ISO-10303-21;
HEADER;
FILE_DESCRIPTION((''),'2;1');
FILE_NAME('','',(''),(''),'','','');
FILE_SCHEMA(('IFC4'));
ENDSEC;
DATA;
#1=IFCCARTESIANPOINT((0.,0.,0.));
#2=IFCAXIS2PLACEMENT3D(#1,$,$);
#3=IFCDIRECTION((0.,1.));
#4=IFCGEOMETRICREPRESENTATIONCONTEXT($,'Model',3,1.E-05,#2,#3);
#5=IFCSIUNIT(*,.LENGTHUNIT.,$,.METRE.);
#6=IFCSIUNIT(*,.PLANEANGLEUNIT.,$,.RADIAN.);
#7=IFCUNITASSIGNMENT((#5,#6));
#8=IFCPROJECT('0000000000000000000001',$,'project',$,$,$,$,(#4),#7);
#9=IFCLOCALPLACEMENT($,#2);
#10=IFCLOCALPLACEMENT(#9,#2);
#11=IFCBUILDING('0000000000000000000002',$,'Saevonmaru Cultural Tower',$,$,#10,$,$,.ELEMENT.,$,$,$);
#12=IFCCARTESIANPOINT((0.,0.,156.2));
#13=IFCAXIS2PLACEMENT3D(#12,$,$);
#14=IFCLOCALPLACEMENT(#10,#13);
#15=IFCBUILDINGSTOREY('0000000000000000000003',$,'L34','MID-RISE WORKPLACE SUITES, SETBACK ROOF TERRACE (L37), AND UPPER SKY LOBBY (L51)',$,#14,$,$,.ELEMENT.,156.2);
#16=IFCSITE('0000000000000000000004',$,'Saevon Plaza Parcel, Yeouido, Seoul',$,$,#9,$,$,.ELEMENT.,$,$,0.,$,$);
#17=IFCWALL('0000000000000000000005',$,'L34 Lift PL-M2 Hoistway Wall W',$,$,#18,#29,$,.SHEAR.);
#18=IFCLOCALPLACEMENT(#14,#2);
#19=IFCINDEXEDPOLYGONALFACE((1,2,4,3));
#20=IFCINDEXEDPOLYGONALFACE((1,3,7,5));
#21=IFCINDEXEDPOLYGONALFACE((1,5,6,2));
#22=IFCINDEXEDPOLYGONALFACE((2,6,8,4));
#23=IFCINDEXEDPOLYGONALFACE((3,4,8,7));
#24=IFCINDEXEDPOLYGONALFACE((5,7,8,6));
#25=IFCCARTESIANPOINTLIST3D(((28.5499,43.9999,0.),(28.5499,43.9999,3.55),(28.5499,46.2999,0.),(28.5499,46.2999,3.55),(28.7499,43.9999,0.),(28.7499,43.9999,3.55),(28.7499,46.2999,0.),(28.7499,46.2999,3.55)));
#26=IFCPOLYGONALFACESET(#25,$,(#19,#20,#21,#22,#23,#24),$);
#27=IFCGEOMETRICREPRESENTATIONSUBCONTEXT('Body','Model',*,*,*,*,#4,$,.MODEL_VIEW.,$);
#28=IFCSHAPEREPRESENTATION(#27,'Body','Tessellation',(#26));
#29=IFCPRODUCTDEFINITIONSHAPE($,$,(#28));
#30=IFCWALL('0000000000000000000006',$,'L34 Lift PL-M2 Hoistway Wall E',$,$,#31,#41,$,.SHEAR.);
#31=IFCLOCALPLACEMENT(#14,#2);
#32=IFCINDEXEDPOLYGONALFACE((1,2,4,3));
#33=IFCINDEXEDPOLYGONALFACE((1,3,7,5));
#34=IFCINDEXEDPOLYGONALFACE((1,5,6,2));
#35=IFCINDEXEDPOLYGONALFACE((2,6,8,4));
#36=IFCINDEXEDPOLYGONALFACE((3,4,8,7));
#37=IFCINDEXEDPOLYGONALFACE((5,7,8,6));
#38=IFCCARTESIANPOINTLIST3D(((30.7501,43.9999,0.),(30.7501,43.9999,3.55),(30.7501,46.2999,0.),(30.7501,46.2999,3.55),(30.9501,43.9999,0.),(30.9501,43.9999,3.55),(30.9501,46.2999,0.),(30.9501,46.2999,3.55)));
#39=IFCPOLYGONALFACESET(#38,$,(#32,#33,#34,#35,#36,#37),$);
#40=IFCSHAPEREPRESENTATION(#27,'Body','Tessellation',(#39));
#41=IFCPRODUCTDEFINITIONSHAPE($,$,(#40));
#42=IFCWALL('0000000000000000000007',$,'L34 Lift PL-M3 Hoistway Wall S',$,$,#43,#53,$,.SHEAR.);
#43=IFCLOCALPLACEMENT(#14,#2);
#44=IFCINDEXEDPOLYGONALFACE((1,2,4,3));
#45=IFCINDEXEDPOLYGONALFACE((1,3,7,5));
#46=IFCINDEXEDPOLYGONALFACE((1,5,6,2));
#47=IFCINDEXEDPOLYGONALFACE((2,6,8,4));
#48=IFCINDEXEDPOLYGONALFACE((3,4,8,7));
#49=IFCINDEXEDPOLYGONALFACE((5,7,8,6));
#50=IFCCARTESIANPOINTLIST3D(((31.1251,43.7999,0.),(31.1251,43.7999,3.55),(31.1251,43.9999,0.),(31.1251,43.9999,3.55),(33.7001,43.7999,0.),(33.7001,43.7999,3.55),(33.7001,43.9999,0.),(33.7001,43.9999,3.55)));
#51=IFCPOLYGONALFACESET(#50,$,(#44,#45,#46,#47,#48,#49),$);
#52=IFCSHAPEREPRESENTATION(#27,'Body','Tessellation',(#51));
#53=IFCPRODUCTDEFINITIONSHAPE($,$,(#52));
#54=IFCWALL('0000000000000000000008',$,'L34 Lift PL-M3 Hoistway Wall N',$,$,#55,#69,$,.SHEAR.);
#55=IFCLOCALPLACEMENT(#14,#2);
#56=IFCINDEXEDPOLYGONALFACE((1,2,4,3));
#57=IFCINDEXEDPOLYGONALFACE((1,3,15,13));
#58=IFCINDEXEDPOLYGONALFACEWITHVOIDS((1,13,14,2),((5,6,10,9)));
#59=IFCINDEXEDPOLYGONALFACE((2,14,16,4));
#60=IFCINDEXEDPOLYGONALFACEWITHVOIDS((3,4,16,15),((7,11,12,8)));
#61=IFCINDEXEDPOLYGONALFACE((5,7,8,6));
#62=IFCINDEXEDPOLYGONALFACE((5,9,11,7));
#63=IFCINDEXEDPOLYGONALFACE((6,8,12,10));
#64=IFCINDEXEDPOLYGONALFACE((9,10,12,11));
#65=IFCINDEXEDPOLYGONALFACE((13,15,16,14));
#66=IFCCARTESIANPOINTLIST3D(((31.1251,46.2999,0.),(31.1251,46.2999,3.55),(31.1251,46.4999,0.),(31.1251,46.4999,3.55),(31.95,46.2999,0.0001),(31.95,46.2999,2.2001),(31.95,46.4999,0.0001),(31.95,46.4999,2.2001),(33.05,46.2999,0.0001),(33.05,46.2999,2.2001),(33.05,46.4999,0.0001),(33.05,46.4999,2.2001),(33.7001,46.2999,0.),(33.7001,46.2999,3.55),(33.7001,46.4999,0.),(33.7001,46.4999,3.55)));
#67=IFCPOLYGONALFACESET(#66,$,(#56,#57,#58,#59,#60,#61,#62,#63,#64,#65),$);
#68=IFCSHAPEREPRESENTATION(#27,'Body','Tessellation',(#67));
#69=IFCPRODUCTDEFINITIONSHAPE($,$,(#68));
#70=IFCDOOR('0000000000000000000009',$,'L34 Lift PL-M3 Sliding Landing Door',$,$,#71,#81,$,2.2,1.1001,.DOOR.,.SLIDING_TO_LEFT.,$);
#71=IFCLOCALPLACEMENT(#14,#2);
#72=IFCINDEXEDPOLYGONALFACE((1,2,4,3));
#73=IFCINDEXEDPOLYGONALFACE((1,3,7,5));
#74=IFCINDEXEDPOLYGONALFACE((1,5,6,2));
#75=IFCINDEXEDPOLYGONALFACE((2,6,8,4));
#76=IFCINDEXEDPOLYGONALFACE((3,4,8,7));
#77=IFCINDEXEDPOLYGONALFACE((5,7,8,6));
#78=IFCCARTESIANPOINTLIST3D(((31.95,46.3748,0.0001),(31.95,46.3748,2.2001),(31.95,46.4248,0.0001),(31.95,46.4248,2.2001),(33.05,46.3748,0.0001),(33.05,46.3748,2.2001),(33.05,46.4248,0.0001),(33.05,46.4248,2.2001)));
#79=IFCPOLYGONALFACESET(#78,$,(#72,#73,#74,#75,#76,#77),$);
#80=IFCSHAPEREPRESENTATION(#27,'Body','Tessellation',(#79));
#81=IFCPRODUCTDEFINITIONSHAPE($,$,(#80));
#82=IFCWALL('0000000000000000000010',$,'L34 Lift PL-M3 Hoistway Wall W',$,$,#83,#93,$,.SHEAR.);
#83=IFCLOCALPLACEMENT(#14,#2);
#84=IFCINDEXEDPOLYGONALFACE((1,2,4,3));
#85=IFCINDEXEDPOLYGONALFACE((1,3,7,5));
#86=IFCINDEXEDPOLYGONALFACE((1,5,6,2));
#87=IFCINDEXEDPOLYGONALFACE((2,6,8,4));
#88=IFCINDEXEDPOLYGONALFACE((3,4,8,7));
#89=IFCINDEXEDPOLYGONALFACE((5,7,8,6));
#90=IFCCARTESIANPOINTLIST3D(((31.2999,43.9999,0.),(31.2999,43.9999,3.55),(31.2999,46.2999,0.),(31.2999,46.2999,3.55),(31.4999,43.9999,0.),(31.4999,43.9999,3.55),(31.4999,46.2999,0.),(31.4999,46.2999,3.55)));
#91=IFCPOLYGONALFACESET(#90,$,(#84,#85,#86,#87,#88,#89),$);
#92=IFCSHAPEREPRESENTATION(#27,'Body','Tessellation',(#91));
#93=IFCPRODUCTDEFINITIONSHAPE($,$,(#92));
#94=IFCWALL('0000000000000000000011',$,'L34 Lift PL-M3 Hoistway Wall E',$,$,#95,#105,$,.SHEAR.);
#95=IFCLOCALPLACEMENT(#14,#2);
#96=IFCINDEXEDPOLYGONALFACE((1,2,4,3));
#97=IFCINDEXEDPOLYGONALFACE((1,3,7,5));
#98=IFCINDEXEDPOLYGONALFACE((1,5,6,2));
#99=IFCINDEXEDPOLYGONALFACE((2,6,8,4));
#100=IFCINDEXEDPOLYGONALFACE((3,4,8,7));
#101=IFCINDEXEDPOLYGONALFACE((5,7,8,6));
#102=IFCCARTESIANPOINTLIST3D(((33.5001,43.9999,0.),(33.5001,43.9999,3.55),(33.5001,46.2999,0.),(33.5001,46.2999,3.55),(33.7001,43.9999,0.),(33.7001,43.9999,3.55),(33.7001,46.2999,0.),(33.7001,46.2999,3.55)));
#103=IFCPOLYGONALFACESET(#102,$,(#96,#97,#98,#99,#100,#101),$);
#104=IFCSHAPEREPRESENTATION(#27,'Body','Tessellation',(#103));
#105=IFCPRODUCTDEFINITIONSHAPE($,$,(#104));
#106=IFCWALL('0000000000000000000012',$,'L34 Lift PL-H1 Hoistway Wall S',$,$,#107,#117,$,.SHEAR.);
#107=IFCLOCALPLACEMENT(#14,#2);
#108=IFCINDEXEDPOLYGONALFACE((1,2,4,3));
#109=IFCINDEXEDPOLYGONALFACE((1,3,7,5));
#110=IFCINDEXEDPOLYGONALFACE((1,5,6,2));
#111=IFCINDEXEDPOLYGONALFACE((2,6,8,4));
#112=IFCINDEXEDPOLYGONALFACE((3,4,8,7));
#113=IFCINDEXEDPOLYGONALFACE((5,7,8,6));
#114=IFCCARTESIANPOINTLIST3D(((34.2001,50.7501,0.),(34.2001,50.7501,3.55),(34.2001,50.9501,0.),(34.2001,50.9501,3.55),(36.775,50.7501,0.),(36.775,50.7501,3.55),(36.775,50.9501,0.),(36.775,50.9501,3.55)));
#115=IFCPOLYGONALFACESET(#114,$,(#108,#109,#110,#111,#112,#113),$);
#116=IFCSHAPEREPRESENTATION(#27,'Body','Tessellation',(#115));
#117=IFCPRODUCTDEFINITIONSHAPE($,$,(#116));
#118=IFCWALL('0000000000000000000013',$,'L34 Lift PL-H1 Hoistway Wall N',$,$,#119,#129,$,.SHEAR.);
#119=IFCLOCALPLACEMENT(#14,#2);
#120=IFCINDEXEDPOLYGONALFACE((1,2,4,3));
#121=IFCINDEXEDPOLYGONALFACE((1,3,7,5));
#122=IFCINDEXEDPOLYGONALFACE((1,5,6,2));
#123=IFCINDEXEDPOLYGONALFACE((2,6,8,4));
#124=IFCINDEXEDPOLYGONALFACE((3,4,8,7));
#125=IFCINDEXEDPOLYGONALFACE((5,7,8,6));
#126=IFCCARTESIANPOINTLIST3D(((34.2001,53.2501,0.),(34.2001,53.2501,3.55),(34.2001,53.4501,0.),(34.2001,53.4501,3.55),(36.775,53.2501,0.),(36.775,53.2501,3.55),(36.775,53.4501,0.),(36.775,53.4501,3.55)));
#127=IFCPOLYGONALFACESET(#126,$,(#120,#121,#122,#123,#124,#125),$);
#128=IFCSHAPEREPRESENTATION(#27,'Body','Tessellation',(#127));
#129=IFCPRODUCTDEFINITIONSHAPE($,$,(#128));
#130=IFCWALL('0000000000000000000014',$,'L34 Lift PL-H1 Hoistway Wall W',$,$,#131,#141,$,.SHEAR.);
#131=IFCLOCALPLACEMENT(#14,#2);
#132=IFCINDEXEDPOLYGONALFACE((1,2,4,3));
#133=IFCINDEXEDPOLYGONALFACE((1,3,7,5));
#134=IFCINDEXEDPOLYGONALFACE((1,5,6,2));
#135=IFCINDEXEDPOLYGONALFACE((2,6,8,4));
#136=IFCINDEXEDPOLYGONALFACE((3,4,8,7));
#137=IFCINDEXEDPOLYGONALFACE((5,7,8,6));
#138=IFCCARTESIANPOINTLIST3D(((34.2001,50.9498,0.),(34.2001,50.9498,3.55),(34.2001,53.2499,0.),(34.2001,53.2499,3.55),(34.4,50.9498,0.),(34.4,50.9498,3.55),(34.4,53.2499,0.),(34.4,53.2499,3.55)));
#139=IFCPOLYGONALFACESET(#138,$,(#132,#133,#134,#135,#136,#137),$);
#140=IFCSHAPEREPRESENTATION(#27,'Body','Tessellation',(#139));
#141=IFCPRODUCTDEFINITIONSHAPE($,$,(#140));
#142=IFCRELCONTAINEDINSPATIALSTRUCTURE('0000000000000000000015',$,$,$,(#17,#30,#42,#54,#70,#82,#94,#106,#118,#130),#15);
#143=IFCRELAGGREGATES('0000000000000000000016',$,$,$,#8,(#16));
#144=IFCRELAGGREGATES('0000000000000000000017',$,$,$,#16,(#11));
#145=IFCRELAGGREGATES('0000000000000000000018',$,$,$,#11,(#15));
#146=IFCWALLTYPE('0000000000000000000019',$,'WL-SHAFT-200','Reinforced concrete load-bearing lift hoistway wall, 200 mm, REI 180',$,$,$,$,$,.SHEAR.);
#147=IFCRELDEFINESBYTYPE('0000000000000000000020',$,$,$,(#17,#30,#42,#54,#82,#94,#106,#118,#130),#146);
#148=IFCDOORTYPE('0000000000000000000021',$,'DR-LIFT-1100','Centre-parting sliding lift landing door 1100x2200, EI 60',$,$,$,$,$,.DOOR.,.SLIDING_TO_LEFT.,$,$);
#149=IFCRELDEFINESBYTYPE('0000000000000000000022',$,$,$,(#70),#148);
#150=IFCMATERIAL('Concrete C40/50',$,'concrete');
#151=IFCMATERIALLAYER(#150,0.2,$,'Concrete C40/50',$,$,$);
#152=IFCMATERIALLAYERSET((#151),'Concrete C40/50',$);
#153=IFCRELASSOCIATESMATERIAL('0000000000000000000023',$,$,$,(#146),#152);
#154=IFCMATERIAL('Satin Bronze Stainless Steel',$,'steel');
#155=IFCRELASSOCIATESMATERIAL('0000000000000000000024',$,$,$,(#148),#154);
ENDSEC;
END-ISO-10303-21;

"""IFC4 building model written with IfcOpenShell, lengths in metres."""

from ifc_helpers import new_model, si_unit, direction, frame, frame_2d, origin, place, context, subcontext, project, spatial, rectangle, extrude, material, layer, layer_set, type_object, element, fill, save


model = new_model("IFC4")

# Units and contexts
model_context = context("Model", 3, precision=1e-05, world=origin(), true_north=direction((0.0, 1.0)))
body_context = subcontext(model_context, "Body", "Model", "MODEL_VIEW")
ifc_project = project(units=[si_unit("LENGTHUNIT", "METRE"), si_unit("PLANEANGLEUNIT", "RADIAN")], contexts=[model_context])

# Site, building, storey
site_placement = place(None, origin())
site = spatial("IfcSite", under=ifc_project, at=site_placement, Name="Saevon Plaza Parcel, Yeouido, Seoul", CompositionType="ELEMENT", RefElevation=0.0)
building_placement = place(site_placement, origin())
building = spatial("IfcBuilding", under=site, at=building_placement, Name="Saevonmaru Cultural Tower", CompositionType="ELEMENT")
storey_placement = place(building_placement, frame((0.0, 0.0, 156.2)))
storey = spatial("IfcBuildingStorey", under=building, at=storey_placement, Name="L34", Description="MID-RISE WORKPLACE SUITES, SETBACK ROOF TERRACE (L37), AND UPPER SKY LOBBY (L51)", CompositionType="ELEMENT", Elevation=156.2)

# Shared definitions
ifc_material_1 = material(Name="Concrete C40/50", Category="concrete")
ifc_layer_1 = layer(ifc_material_1, 0.2, Name="Concrete C40/50")
ifc_layer_set_1 = layer_set([ifc_layer_1], Name="Concrete C40/50")
wall_type_1 = type_object("IfcWallType", Name="WL-SHAFT-200", Description="Reinforced concrete load-bearing lift hoistway wall, 200 mm, REI 180", PredefinedType="SHEAR", material=ifc_layer_set_1)

# Shared definitions
ifc_material_2 = material(Name="Satin Bronze Stainless Steel", Category="steel")
door_type_1 = type_object("IfcDoorType", Name="DR-LIFT-1100", Description="Centre-parting sliding lift landing door 1100x2200, EI 60", OperationType="SLIDING_TO_LEFT", PredefinedType="DOOR", material=ifc_material_2)

# Walls
for number, where, z_axis, x_axis, name in (
    (1, (28.6499, 44.0, 0.0), (0.0, 0.0, 1.0), (0.0, 1.0, 0.0), "L34 Lift PL-M2 Hoistway Wall W"),
    (2, (30.8501, 44.0, 0.0), (0.0, 0.0, 1.0), (0.0, 1.0, 0.0), "L34 Lift PL-M2 Hoistway Wall E"),
):
    element("IfcWall", number, at=place(storey_placement, frame(where, z_axis=z_axis, x_axis=x_axis)), inside=storey, type_object=wall_type_1, Name=name, PredefinedType="SHEAR", context=body_context, shape_type="SweptSolid", body=[
        extrude(rectangle(XDim=2.3, YDim=0.2, at=frame_2d((1.1499, 0.0))), origin(), (0.0, 0.0, 1.0), 3.55),
    ])
wall_1_placement = place(storey_placement, frame((31.125, 43.8999, 0.0), z_axis=(0.0, 0.0, 1.0), x_axis=(1.0, 0.0, 0.0)))
element("IfcWall", 3, at=wall_1_placement, inside=storey, type_object=wall_type_1, Name="L34 Lift PL-M3 Hoistway Wall S", PredefinedType="SHEAR", context=body_context, shape_type="SweptSolid", body=[
    extrude(rectangle(XDim=2.575, YDim=0.2, at=frame_2d((1.2876, 0.0))), origin(), (0.0, 0.0, 1.0), 3.55),
])

# Wall, opening, door
wall_2_placement = place(storey_placement, frame((31.125, 46.3999, 0.0), z_axis=(0.0, 0.0, 1.0), x_axis=(1.0, 0.0, 0.0)))
wall_2 = element("IfcWall", 4, at=wall_2_placement, inside=storey, type_object=wall_type_1, Name="L34 Lift PL-M3 Hoistway Wall N", PredefinedType="SHEAR", context=body_context, shape_type="SweptSolid", body=[
    extrude(rectangle(XDim=2.575, YDim=0.2, at=frame_2d((1.2876, 0.0))), origin(), (0.0, 0.0, 1.0), 3.55),
])
opening_1_placement = place(wall_2_placement, frame((0.825, 0.0, 0.0)))
opening_1 = element("IfcOpeningElement", 5, at=opening_1_placement, cuts=wall_2, PredefinedType="OPENING", context=body_context, shape_type="SweptSolid", body=[
    extrude(rectangle(XDim=1.1001, YDim=2.2, at=frame_2d((0.55, 1.1001))), frame((0.0, 0.1099, 0.0), z_axis=(0.0, -1.0, 0.0), x_axis=(1.0, 0.0, 0.0)), (0.0, 0.0, 1.0), 0.22),
])
door_1_placement = place(opening_1_placement, origin())
door_1 = element("IfcDoor", 6, at=door_1_placement, inside=storey, type_object=door_type_1, Name="L34 Lift PL-M3 Sliding Landing Door", OperationType="SLIDING_TO_LEFT", OverallHeight=2.2, OverallWidth=1.1001, PredefinedType="DOOR", context=body_context, shape_type="SweptSolid", body=[
    extrude(rectangle(XDim=1.1001, YDim=2.2, at=frame_2d((0.55, 1.1001))), frame((0.0, 0.0249, 0.0), z_axis=(0.0, -1.0, 0.0), x_axis=(1.0, 0.0, 0.0)), (0.0, 0.0, 1.0), 0.05),
])
fill(opening_1, door_1)

# Walls
for number, where, z_axis, x_axis, name in (
    (7, (31.3999, 44.0, 0.0), (0.0, 0.0, 1.0), (0.0, 1.0, 0.0), "L34 Lift PL-M3 Hoistway Wall W"),
    (8, (33.6001, 44.0, 0.0), (0.0, 0.0, 1.0), (0.0, 1.0, 0.0), "L34 Lift PL-M3 Hoistway Wall E"),
):
    element("IfcWall", number, at=place(storey_placement, frame(where, z_axis=z_axis, x_axis=x_axis)), inside=storey, type_object=wall_type_1, Name=name, PredefinedType="SHEAR", context=body_context, shape_type="SweptSolid", body=[
        extrude(rectangle(XDim=2.3, YDim=0.2, at=frame_2d((1.1499, 0.0))), origin(), (0.0, 0.0, 1.0), 3.55),
    ])
for number, where, z_axis, x_axis, name in (
    (9, (34.2, 50.8501, 0.0), (0.0, 0.0, 1.0), (1.0, 0.0, 0.0), "L34 Lift PL-H1 Hoistway Wall S"),
    (10, (34.2, 53.3501, 0.0), (0.0, 0.0, 1.0), (1.0, 0.0, 0.0), "L34 Lift PL-H1 Hoistway Wall N"),
):
    element("IfcWall", number, at=place(storey_placement, frame(where, z_axis=z_axis, x_axis=x_axis)), inside=storey, type_object=wall_type_1, Name=name, PredefinedType="SHEAR", context=body_context, shape_type="SweptSolid", body=[
        extrude(rectangle(XDim=2.575, YDim=0.2, at=frame_2d((1.2876, 0.0))), origin(), (0.0, 0.0, 1.0), 3.55),
    ])
wall_3_placement = place(storey_placement, frame((34.3, 50.95, 0.0), z_axis=(0.0, 0.0, 1.0), x_axis=(0.0, 1.0, 0.0)))
element("IfcWall", 11, at=wall_3_placement, inside=storey, type_object=wall_type_1, Name="L34 Lift PL-H1 Hoistway Wall W", PredefinedType="SHEAR", context=body_context, shape_type="SweptSolid", body=[
    extrude(rectangle(XDim=2.3, YDim=0.2, at=frame_2d((1.1499, 0.0))), origin(), (0.0, 0.0, 1.0), 3.55),
])

save(model, "model.ifc")
